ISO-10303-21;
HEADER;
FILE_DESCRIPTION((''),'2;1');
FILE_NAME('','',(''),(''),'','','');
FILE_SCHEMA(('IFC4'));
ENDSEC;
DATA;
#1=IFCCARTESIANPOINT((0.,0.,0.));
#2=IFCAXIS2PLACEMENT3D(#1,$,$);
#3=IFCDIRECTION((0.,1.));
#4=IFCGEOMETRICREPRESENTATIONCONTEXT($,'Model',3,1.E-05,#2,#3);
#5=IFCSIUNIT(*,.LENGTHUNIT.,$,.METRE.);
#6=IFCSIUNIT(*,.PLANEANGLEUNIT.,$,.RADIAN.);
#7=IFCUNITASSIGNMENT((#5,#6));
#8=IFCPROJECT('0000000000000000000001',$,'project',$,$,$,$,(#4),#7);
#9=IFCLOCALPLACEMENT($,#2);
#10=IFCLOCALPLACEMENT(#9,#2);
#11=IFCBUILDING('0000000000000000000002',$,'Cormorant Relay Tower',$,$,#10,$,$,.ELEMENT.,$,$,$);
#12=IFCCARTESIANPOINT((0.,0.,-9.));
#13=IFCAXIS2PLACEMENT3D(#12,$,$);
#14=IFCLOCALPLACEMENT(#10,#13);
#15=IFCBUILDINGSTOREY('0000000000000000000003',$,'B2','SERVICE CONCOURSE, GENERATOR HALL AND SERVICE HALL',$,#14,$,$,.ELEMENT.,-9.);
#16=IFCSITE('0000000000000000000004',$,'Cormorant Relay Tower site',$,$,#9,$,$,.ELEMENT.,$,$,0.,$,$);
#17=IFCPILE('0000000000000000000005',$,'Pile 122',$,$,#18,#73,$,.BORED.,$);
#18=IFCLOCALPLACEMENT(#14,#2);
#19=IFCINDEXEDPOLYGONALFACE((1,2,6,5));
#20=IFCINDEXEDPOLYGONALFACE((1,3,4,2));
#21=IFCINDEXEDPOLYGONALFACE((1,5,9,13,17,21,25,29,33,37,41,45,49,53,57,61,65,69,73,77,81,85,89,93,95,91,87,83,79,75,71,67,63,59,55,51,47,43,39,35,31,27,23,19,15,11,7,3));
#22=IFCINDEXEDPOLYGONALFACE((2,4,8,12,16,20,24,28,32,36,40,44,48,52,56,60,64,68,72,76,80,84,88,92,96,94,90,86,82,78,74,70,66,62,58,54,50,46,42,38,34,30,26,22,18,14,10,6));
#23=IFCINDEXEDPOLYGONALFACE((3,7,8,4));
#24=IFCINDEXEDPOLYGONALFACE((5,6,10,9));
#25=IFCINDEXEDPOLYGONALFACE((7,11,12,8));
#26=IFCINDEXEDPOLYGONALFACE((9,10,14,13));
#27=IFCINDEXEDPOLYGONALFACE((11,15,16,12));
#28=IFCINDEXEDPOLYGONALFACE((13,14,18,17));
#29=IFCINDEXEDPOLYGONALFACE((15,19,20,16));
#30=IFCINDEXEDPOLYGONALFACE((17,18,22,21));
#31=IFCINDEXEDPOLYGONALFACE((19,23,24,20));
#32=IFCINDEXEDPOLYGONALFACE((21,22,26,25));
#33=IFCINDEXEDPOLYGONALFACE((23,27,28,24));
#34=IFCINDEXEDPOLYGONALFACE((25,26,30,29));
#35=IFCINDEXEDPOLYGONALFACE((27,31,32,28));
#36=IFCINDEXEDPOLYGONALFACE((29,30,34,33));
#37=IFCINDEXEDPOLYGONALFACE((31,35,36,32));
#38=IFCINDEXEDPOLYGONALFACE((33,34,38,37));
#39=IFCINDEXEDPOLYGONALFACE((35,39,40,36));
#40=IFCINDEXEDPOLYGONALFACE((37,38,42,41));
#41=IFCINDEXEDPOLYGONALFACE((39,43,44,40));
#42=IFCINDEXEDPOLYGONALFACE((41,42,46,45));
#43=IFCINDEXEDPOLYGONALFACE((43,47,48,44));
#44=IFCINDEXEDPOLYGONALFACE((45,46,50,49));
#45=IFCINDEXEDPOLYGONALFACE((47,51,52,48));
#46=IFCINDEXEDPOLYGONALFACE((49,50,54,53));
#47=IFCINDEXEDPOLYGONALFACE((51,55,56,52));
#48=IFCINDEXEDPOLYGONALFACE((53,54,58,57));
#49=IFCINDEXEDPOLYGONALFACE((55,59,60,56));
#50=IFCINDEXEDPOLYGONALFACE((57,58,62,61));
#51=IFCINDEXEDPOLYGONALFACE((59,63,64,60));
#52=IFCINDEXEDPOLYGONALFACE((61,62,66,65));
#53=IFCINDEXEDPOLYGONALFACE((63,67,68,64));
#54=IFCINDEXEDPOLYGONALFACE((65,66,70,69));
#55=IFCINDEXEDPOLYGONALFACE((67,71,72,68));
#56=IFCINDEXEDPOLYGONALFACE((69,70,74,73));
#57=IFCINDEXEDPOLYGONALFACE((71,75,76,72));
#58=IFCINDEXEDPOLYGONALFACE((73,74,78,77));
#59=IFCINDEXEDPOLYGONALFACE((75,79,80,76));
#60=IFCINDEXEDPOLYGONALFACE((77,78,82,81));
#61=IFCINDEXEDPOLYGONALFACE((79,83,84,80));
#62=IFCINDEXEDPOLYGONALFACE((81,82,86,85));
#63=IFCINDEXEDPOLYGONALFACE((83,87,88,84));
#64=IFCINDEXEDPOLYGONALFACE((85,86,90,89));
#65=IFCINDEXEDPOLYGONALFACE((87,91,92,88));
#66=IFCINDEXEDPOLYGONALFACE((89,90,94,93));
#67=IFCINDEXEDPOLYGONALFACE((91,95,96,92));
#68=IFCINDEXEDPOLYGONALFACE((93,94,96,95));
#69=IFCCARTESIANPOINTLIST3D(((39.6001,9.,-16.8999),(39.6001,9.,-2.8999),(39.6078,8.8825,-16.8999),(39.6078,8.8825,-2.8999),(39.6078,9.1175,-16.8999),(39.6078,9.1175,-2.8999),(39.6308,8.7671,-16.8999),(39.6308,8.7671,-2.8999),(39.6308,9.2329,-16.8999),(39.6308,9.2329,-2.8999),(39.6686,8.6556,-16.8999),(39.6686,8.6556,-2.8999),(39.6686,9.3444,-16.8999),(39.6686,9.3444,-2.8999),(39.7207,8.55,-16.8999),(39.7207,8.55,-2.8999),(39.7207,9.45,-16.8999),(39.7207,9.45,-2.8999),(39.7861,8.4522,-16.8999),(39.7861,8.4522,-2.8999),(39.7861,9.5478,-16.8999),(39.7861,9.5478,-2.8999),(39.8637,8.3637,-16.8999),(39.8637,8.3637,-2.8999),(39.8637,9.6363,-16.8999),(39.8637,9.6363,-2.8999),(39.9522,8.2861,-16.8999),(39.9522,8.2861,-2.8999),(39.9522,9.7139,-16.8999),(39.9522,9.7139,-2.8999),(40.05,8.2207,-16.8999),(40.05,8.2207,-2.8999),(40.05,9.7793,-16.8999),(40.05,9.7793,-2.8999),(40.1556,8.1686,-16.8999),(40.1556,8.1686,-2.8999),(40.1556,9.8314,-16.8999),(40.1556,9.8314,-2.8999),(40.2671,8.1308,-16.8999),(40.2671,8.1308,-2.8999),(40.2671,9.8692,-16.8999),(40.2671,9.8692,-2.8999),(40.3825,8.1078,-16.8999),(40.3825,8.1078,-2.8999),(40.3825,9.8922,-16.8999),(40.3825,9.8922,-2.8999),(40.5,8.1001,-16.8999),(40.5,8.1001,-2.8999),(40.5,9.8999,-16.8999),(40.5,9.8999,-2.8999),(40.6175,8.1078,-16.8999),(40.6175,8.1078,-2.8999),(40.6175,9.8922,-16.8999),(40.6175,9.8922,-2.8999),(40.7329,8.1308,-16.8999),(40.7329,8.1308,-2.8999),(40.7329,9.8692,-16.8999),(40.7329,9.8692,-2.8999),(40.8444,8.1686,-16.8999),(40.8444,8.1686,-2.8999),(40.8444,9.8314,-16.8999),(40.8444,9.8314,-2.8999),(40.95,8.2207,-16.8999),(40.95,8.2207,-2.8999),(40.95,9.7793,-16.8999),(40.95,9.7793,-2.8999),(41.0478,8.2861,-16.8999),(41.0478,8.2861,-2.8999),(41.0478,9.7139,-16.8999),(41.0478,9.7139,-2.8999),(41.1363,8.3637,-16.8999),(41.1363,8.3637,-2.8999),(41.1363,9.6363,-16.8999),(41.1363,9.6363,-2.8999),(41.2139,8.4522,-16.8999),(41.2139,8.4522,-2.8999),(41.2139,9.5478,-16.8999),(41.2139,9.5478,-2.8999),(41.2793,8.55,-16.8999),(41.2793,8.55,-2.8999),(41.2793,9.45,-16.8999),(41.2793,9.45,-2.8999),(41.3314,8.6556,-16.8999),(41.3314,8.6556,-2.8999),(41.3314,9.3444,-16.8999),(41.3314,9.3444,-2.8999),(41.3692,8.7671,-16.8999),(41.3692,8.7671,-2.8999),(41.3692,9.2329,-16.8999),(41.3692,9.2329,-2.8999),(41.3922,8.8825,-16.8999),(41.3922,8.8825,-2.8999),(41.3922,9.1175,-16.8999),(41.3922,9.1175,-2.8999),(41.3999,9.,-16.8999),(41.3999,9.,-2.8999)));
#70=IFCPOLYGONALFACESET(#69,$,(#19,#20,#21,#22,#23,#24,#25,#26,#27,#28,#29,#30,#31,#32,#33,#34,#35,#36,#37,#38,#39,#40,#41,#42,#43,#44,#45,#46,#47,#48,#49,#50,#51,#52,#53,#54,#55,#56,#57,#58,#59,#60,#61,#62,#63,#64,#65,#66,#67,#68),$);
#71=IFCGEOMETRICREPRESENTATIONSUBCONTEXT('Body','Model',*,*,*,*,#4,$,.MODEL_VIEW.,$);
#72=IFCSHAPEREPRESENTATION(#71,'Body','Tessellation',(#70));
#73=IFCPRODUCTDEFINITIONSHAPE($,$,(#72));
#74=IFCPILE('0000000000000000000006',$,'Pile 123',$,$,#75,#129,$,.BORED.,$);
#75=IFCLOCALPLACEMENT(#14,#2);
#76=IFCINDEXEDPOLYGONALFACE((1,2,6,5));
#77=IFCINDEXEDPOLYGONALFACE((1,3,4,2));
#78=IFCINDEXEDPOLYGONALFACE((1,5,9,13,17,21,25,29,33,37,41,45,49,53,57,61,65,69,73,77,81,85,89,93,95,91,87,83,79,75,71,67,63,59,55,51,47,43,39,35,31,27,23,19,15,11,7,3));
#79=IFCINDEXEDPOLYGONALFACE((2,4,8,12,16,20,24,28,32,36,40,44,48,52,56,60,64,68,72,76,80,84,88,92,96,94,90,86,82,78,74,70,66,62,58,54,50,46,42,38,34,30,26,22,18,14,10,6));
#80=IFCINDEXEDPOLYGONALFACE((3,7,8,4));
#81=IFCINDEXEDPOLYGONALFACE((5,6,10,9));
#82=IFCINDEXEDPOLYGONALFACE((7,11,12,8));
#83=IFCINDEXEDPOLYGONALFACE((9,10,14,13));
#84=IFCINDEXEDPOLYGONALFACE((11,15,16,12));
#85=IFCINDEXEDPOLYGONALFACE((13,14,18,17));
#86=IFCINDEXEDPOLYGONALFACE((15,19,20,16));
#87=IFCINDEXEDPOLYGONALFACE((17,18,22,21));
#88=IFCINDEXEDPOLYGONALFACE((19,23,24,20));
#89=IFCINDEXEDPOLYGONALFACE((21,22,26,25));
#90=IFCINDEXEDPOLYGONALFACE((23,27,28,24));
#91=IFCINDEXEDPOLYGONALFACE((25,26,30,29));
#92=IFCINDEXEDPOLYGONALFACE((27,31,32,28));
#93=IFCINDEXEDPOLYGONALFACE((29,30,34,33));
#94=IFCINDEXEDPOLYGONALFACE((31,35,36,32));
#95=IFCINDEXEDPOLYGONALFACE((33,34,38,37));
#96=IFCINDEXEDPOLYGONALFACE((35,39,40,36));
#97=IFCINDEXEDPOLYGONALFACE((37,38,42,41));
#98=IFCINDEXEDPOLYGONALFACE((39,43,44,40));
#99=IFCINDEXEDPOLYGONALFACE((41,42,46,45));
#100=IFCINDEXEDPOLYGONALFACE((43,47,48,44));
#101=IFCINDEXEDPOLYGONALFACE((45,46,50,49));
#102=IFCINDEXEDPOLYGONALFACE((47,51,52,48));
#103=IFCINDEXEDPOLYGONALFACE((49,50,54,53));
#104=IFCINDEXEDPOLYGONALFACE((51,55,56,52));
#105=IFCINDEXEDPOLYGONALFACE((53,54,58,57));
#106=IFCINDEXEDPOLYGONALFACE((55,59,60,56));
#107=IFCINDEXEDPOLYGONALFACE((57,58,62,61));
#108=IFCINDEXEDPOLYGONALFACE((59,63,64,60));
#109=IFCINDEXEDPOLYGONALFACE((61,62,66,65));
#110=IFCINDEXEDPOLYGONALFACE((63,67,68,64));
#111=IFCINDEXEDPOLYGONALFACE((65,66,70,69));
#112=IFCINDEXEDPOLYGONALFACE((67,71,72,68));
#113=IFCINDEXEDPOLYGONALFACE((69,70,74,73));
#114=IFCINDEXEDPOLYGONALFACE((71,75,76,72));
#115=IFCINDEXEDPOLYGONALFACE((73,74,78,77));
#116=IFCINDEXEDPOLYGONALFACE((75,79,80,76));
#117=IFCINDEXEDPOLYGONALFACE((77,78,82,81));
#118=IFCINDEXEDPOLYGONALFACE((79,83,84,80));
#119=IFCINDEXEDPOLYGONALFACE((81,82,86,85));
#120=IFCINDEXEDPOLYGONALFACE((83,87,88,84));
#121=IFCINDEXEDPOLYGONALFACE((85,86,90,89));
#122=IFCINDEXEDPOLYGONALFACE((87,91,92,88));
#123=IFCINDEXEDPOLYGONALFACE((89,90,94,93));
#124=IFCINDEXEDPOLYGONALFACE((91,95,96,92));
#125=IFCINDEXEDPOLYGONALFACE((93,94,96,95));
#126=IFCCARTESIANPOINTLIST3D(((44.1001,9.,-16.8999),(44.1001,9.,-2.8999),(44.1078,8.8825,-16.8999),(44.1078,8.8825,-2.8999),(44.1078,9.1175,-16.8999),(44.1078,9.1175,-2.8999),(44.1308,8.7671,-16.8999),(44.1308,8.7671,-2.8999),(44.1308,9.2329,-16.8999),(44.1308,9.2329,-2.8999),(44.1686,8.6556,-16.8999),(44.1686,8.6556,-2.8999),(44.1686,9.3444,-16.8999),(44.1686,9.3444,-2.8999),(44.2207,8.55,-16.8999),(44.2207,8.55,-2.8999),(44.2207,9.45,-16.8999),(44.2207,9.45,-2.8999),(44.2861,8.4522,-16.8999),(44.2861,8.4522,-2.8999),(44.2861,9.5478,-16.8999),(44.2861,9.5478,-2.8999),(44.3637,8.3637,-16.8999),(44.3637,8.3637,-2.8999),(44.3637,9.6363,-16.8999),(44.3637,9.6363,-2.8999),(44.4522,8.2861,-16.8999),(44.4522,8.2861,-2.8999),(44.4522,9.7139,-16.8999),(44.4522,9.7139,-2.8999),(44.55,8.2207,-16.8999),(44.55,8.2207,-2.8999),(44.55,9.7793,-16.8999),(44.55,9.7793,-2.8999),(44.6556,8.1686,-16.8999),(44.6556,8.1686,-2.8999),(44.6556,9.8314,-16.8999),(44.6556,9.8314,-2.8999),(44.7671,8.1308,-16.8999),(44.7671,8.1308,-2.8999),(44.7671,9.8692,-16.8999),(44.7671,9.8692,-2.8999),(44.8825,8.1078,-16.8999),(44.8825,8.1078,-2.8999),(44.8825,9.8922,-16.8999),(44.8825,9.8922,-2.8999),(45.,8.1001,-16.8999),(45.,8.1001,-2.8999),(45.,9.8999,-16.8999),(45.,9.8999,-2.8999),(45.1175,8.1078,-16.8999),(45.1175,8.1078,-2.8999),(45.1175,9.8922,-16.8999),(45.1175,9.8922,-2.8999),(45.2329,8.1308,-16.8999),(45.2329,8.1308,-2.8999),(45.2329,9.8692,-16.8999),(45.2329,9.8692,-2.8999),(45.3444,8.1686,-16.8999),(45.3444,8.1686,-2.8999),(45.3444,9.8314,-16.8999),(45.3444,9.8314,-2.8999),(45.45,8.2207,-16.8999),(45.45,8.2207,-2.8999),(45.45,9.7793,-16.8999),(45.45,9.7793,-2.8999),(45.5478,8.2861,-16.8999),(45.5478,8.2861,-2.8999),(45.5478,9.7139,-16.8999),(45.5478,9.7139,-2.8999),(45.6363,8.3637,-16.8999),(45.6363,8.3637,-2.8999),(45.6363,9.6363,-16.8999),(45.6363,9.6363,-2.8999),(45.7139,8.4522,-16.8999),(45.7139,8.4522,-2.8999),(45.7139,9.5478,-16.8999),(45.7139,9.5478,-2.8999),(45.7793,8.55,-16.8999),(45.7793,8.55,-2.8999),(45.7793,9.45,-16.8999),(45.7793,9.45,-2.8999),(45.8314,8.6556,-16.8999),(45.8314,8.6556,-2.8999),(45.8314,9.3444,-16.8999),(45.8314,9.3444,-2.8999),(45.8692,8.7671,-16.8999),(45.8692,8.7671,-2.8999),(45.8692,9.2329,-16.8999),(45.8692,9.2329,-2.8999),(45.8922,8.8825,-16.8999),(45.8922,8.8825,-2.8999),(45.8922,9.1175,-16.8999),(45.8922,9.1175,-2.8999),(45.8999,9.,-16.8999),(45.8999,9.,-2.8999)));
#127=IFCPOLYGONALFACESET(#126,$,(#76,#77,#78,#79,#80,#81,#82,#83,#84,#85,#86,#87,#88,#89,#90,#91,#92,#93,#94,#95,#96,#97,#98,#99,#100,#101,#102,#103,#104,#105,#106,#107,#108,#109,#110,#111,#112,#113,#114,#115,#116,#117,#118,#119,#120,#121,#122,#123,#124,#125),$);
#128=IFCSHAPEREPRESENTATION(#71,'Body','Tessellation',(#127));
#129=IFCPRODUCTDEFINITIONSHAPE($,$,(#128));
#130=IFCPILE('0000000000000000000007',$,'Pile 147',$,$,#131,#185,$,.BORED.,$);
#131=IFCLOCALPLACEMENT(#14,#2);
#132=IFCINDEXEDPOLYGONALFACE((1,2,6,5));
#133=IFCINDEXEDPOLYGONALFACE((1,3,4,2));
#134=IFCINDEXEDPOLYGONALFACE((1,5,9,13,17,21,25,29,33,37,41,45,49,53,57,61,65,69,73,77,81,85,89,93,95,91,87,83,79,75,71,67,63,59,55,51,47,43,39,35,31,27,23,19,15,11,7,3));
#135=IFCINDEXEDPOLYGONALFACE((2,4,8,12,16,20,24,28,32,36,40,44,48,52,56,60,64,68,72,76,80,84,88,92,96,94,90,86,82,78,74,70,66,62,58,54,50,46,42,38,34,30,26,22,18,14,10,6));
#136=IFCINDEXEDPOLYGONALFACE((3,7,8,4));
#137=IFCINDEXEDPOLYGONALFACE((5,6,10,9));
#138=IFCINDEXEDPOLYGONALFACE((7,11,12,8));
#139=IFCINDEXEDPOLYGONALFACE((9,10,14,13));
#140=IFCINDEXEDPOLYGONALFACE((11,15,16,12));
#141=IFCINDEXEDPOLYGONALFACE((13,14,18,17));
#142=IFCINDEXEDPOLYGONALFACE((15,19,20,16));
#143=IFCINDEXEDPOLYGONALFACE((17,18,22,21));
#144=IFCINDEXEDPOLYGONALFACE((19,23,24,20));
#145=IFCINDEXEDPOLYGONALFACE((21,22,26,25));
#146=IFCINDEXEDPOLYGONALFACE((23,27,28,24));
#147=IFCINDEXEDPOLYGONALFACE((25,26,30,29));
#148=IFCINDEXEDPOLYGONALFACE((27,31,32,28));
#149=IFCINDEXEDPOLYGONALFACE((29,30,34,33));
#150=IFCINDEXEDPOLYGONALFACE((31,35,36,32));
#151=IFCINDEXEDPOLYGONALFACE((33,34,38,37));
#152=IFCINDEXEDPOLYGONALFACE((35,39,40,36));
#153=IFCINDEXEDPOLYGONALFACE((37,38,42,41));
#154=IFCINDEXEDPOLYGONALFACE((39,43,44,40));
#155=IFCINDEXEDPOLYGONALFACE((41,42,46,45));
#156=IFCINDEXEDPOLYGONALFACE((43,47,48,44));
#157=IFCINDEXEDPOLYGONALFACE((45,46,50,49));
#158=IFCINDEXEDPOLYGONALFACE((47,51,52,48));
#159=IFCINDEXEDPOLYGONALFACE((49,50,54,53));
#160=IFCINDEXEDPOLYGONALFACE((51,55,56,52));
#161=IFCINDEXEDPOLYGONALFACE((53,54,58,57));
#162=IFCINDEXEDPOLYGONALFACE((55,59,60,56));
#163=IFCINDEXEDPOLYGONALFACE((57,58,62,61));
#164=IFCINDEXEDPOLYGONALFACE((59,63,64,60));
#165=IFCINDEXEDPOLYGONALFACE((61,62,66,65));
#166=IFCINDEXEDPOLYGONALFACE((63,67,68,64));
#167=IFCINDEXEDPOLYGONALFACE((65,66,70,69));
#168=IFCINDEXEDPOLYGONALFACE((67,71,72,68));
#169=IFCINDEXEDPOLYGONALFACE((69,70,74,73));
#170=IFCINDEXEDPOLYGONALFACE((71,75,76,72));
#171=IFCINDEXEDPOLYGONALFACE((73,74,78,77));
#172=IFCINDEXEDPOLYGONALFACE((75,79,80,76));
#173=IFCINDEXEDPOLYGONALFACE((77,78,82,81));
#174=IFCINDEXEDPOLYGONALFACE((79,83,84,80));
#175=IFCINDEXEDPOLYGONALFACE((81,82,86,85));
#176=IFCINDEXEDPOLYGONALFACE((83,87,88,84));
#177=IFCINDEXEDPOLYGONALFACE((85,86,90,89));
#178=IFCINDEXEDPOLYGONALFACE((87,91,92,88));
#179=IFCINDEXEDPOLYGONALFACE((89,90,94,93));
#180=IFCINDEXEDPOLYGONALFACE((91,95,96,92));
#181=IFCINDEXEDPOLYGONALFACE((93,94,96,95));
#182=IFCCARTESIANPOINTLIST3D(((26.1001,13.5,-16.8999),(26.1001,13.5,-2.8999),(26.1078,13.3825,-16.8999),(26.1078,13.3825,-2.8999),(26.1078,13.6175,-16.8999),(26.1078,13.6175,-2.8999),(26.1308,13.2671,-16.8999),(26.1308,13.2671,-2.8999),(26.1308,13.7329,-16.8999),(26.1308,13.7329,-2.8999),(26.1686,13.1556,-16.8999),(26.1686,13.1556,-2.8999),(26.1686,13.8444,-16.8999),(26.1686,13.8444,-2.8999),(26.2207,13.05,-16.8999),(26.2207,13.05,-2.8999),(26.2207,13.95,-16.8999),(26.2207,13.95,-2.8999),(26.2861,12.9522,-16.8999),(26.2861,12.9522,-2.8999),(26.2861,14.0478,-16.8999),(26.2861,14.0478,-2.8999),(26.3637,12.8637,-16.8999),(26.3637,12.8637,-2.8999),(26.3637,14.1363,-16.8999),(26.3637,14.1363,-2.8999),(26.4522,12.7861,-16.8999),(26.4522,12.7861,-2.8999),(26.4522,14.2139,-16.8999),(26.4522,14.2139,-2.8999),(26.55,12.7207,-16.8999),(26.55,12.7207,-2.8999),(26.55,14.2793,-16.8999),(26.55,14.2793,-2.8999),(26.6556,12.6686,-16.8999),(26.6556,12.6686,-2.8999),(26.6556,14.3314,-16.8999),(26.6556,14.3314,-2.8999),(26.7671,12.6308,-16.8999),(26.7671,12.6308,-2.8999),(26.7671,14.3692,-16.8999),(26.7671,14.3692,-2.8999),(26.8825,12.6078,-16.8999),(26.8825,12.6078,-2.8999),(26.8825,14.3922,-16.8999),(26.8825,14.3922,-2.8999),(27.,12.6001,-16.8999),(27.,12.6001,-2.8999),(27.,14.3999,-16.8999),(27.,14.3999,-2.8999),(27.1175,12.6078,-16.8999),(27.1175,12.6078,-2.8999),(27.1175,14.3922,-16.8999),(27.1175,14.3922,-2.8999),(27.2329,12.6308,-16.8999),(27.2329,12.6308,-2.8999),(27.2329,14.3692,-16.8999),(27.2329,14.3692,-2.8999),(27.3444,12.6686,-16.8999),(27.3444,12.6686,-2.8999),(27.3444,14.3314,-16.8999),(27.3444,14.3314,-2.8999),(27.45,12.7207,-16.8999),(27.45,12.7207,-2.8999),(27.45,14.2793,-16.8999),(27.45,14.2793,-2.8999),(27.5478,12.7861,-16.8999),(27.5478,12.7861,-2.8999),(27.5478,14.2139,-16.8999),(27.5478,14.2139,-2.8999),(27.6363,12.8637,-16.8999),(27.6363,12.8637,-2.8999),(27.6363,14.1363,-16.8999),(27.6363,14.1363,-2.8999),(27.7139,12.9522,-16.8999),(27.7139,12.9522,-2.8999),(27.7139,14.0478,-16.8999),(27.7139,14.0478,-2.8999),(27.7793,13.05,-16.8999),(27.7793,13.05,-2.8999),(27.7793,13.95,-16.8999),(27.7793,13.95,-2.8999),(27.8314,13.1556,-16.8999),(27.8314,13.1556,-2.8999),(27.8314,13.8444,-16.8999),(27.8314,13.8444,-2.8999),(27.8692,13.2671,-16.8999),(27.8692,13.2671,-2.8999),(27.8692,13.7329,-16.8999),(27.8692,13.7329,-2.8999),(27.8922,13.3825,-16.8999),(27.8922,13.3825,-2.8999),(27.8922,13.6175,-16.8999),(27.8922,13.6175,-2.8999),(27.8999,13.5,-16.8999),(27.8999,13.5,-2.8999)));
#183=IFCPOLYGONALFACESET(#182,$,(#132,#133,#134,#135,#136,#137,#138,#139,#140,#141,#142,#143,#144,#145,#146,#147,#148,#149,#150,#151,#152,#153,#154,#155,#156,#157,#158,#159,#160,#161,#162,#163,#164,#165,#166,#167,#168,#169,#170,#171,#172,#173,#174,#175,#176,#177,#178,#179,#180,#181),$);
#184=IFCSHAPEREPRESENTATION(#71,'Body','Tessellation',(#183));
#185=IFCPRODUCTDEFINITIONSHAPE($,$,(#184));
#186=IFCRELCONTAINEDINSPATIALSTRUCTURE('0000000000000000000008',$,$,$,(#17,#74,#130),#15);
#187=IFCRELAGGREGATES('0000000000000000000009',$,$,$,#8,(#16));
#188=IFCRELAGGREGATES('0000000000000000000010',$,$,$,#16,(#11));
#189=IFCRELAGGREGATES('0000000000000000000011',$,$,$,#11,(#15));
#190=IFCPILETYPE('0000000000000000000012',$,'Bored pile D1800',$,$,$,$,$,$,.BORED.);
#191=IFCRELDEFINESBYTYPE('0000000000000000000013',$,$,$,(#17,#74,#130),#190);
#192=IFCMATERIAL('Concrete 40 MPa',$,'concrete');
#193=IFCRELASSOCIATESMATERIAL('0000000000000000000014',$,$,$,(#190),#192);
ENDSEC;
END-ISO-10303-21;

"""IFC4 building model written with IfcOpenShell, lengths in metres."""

from ifc_helpers import new_model, si_unit, direction, frame, origin, origin_2d, place, context, subcontext, project, spatial, circle, extrude, material, material_profile, profile_set, type_object, element, save


model = new_model("IFC4")

# Units and contexts
model_context = context("Model", 3, precision=1e-05, world=origin(), true_north=direction((0.0, 1.0)))
body_context = subcontext(model_context, "Body", "Model", "MODEL_VIEW")
ifc_project = project(units=[si_unit("LENGTHUNIT", "METRE"), si_unit("PLANEANGLEUNIT", "RADIAN")], contexts=[model_context])

# Site, building, storey
site_placement = place(None, origin())
site = spatial("IfcSite", under=ifc_project, at=site_placement, Name="Cormorant Relay Tower site", CompositionType="ELEMENT", RefElevation=0.0)
building_placement = place(site_placement, origin())
building = spatial("IfcBuilding", under=site, at=building_placement, Name="Cormorant Relay Tower", CompositionType="ELEMENT")
storey_placement = place(building_placement, frame((0.0, 0.0, -9.0)))
storey = spatial("IfcBuildingStorey", under=building, at=storey_placement, Name="B2", Description="SERVICE CONCOURSE, GENERATOR HALL AND SERVICE HALL", CompositionType="ELEMENT", Elevation=-9.0)

# Piles
ifc_material_1 = material(Name="Concrete 40 MPa", Category="concrete")
ifc_material_profile = material_profile(ifc_material_1, circle(Radius=0.8999, at=origin_2d()), Name="BP1800")
ifc_profile_set = profile_set([ifc_material_profile], Name="Concrete 40 MPa")
pile_type = type_object("IfcPileType", Name="Bored pile D1800", PredefinedType="BORED", material=ifc_profile_set)
for number, where, z_axis, x_axis, name in (
    (1, (40.5, 9.0, -2.8999), (0.0, 0.0, -1.0), (1.0, 0.0, 0.0), "Pile 122"),
    (2, (45.0, 9.0, -2.8999), (0.0, 0.0, -1.0), (1.0, 0.0, 0.0), "Pile 123"),
    (3, (27.0, 13.5, -2.8999), (0.0, 0.0, -1.0), (1.0, 0.0, 0.0), "Pile 147"),
):
    element("IfcPile", number, at=place(storey_placement, frame(where, z_axis=z_axis, x_axis=x_axis)), inside=storey, type_object=pile_type, Name=name, PredefinedType="BORED", context=body_context, shape_type="SweptSolid", body=[
        extrude(circle(Radius=0.8999, at=origin_2d()), origin(), (0.0, 0.0, 1.0), 14.0),
    ])

save(model, "model.ifc")
